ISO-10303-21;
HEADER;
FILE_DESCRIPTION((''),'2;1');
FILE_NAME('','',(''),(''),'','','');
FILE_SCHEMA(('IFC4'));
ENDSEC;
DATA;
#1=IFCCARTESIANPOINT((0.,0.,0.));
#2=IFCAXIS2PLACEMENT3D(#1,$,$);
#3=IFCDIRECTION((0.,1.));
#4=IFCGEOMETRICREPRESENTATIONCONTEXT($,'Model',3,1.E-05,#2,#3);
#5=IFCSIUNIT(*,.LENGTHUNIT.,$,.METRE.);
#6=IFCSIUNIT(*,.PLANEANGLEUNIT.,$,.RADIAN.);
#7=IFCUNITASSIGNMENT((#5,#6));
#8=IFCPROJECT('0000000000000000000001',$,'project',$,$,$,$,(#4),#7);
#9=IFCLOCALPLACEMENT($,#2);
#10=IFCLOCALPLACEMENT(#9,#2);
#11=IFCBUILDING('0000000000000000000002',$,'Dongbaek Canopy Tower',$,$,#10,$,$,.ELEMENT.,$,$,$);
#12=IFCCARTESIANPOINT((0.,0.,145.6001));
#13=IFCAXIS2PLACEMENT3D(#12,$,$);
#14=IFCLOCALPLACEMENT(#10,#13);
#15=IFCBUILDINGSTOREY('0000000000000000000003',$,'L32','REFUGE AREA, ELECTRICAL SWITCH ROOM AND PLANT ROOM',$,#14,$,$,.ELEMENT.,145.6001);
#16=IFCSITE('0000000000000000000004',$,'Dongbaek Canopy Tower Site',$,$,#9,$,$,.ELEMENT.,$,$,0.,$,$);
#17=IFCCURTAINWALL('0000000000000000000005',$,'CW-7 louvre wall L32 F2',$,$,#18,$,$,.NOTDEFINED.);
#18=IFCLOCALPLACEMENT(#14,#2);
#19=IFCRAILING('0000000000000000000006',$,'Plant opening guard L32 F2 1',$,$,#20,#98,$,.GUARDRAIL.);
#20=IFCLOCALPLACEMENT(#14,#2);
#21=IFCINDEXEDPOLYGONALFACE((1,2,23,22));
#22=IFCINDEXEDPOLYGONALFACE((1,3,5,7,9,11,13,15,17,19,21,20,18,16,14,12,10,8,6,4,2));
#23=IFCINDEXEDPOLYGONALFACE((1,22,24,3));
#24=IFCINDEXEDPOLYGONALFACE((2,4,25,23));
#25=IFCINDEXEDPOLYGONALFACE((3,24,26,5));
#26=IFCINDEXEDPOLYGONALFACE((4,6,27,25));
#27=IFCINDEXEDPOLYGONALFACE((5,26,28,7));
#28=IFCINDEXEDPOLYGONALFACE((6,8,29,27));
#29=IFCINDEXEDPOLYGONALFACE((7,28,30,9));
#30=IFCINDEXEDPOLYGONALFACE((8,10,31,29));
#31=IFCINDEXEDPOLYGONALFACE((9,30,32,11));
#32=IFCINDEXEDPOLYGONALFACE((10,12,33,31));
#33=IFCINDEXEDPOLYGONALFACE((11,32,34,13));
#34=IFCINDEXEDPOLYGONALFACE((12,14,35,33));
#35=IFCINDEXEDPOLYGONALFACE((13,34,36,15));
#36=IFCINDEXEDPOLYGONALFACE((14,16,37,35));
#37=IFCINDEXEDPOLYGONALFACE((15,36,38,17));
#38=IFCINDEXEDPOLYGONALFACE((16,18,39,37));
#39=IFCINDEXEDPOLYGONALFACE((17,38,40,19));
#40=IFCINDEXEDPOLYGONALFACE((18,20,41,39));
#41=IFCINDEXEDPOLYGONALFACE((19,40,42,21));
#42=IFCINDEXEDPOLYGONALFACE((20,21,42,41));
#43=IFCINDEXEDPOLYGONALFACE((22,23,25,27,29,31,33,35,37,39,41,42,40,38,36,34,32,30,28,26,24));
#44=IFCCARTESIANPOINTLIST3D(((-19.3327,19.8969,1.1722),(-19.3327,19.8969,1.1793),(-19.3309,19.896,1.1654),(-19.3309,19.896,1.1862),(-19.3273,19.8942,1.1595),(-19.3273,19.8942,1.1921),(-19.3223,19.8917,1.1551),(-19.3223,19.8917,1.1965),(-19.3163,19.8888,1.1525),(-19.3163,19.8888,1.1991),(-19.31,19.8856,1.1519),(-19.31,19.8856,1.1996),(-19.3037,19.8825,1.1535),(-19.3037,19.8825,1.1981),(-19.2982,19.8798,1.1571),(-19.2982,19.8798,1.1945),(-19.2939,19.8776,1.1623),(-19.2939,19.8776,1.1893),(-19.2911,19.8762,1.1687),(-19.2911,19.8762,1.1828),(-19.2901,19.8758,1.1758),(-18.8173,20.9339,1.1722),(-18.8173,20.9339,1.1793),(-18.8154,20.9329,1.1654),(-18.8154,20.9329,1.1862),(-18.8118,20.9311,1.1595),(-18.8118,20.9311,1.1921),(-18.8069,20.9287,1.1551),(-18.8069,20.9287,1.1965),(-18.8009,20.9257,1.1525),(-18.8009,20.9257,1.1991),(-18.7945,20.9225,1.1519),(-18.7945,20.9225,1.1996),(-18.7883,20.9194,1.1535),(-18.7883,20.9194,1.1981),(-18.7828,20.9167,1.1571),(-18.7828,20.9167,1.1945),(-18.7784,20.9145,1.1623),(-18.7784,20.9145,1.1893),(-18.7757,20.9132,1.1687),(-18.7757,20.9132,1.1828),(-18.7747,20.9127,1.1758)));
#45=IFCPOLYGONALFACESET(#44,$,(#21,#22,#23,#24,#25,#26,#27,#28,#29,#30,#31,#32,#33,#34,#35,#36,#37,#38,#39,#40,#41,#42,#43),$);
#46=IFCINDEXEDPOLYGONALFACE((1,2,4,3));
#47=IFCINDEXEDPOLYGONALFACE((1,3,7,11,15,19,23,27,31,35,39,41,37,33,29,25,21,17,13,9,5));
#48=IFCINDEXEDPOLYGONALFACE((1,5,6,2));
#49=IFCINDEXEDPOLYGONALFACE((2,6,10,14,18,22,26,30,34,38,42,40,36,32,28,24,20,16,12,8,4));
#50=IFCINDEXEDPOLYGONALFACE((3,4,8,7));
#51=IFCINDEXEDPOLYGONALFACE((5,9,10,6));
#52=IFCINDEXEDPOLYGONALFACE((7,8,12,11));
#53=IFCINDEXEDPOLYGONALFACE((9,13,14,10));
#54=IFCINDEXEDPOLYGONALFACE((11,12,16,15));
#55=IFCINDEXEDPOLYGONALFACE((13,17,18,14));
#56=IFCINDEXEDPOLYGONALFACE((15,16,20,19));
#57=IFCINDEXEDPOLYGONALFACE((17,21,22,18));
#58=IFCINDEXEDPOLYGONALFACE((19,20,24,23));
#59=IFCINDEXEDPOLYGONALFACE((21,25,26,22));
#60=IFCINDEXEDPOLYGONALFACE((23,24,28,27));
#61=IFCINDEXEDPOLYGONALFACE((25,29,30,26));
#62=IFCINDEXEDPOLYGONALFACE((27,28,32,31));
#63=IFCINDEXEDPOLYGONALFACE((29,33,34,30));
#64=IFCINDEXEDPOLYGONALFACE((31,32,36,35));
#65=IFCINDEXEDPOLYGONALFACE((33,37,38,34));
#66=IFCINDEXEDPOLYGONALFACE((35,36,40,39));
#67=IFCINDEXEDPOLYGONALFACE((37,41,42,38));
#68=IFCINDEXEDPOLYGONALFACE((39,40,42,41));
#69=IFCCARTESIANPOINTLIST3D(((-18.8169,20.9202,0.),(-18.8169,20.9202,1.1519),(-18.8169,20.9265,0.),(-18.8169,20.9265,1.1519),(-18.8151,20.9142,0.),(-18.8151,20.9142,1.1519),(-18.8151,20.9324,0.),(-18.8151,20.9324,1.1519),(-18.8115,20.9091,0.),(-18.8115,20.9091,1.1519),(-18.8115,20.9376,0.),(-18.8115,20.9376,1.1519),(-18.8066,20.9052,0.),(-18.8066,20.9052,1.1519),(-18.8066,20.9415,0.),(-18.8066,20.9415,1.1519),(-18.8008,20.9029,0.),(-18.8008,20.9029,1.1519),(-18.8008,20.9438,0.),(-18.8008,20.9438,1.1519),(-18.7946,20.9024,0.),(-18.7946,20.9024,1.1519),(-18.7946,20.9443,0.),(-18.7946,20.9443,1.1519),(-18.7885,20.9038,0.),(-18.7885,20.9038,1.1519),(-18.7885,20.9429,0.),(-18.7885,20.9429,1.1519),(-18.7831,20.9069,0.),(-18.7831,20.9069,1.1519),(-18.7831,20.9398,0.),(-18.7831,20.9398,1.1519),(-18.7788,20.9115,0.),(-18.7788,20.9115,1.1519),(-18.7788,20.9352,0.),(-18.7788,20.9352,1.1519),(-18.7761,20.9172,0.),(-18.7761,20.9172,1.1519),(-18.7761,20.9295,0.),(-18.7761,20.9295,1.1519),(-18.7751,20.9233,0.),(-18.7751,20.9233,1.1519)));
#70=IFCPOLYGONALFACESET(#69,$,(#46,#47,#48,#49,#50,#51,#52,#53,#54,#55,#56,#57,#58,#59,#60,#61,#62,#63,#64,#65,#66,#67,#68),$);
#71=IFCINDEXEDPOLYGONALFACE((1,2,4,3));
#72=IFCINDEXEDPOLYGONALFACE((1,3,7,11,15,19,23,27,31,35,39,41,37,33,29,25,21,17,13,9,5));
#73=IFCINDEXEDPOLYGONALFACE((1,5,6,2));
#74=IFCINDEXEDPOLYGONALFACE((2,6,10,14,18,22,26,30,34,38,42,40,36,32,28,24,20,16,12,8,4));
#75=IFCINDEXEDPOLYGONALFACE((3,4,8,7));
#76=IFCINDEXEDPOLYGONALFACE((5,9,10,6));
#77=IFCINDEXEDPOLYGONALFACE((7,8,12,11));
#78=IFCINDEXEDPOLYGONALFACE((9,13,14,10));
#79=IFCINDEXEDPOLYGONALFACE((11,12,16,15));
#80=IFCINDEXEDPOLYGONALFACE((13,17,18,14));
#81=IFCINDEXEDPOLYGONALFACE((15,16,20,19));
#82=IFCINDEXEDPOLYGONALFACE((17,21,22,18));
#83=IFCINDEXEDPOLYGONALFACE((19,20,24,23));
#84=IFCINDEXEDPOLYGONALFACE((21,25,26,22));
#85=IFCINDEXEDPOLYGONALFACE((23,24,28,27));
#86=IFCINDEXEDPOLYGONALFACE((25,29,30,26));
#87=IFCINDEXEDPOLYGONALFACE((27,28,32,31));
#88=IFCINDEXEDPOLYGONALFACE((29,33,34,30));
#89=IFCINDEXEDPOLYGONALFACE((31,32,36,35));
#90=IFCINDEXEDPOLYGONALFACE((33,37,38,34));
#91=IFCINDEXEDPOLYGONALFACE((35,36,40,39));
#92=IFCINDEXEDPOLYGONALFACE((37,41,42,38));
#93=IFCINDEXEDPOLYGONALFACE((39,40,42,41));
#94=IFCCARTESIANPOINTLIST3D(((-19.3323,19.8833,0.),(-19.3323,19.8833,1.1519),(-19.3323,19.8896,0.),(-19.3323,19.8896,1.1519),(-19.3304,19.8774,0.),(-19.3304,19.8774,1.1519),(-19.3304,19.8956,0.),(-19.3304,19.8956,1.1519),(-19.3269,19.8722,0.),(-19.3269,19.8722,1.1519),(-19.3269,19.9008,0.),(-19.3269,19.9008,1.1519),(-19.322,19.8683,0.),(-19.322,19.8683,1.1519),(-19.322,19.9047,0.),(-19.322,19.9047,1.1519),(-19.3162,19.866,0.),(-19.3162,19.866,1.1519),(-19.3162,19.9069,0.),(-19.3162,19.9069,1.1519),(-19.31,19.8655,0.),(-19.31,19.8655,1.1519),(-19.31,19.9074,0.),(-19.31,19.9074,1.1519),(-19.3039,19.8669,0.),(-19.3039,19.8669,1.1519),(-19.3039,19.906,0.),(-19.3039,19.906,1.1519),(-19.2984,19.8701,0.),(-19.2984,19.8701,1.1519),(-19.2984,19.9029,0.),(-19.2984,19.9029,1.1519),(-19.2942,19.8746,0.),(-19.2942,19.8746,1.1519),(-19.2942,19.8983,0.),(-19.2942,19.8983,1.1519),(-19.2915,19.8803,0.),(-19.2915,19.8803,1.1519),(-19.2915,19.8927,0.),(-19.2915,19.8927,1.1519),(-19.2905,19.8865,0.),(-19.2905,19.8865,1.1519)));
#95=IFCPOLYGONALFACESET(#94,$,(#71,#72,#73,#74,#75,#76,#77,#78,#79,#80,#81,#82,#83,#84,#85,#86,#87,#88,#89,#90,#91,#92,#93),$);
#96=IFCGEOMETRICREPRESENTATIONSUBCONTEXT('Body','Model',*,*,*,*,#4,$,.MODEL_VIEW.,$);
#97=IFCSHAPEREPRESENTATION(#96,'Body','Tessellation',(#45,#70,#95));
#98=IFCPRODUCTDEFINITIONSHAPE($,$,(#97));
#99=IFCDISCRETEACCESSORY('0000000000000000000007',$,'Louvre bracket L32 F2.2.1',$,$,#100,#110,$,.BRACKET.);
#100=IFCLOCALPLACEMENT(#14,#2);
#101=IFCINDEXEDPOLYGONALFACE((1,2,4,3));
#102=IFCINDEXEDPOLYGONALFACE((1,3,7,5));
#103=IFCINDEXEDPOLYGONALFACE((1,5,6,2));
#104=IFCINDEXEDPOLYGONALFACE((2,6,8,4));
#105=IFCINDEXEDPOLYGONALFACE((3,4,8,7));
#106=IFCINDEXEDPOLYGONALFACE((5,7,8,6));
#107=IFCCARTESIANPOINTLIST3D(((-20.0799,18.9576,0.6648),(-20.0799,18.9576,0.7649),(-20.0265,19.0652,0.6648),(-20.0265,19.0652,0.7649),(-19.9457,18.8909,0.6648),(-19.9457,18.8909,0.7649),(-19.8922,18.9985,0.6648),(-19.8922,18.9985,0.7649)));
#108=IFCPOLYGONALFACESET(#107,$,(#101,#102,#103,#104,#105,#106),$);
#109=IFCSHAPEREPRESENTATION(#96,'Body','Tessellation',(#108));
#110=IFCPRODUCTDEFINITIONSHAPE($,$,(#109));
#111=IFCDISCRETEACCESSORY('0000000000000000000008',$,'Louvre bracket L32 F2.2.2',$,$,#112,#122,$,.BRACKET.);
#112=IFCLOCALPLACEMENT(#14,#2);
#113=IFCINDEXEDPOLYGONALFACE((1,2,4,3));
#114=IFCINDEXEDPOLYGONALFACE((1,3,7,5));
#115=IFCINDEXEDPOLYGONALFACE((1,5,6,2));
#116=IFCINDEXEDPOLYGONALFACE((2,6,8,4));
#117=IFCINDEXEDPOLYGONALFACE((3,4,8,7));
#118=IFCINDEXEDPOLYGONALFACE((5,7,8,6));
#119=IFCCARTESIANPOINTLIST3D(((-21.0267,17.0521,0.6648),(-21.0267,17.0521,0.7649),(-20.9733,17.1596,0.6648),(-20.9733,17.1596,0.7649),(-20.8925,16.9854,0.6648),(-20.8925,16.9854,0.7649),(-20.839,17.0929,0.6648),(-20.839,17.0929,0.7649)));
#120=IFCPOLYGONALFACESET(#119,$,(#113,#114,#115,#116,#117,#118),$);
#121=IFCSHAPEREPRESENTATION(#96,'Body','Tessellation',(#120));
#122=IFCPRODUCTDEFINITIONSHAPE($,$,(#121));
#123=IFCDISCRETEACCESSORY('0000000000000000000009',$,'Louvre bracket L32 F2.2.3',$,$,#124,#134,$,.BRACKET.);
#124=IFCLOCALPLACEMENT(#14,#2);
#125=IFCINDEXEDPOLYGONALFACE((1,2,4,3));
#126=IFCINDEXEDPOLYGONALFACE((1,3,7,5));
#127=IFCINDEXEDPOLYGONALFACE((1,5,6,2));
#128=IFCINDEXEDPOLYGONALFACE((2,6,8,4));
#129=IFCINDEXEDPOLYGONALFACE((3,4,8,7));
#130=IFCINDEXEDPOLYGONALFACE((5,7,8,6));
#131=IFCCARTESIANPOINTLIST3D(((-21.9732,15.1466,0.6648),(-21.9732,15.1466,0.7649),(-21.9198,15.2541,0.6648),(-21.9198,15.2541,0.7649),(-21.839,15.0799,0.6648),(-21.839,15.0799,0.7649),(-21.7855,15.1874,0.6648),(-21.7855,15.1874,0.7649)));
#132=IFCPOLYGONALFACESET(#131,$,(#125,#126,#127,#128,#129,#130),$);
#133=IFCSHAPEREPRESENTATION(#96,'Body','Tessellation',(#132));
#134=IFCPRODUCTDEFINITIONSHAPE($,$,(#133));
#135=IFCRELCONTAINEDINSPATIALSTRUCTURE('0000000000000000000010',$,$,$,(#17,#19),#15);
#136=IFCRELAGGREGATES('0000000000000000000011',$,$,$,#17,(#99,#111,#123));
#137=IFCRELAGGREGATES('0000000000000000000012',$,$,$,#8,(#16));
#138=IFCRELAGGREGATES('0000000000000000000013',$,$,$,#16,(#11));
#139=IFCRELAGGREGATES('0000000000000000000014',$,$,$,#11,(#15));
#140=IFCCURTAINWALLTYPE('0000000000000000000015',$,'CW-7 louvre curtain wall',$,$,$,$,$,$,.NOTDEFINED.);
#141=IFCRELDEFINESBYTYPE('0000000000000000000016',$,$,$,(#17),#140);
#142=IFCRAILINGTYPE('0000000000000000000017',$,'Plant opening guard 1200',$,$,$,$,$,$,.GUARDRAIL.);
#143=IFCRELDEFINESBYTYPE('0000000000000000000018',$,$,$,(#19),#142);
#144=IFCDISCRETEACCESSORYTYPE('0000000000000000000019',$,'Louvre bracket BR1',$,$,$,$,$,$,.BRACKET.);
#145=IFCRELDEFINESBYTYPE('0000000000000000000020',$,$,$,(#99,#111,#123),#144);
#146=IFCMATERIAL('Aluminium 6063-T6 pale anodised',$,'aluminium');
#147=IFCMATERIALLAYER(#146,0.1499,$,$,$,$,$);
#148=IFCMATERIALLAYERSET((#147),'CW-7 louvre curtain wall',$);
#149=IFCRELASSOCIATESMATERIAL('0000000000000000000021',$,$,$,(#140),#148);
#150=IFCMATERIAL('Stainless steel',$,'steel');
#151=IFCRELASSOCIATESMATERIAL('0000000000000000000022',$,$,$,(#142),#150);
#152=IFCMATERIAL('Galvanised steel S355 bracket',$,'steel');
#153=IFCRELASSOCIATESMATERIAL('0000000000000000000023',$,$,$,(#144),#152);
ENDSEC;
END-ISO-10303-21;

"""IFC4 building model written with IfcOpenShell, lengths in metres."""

from ifc_helpers import new_model, si_unit, direction, frame, origin, origin_2d, place, context, subcontext, project, spatial, rectangle, circle, extrude, material, layer, layer_set, type_object, element, aggregate, save


model = new_model("IFC4")

# Units and contexts
model_context = context("Model", 3, precision=1e-05, world=origin(), true_north=direction((0.0, 1.0)))
body_context = subcontext(model_context, "Body", "Model", "MODEL_VIEW")
ifc_project = project(units=[si_unit("LENGTHUNIT", "METRE"), si_unit("PLANEANGLEUNIT", "RADIAN")], contexts=[model_context])

# Site, building, storey
site_placement = place(None, origin())
site = spatial("IfcSite", under=ifc_project, at=site_placement, Name="Dongbaek Canopy Tower Site", CompositionType="ELEMENT", RefElevation=0.0)
building_placement = place(site_placement, origin())
building = spatial("IfcBuilding", under=site, at=building_placement, Name="Dongbaek Canopy Tower", CompositionType="ELEMENT")
storey_placement = place(building_placement, frame((0.0, 0.0, 145.6001)))
storey = spatial("IfcBuildingStorey", under=building, at=storey_placement, Name="L32", Description="REFUGE AREA, ELECTRICAL SWITCH ROOM AND PLANT ROOM", CompositionType="ELEMENT", Elevation=145.6001)

# Curtain wall
ifc_material_1 = material(Name="Aluminium 6063-T6 pale anodised", Category="aluminium")
ifc_layer_1 = layer(ifc_material_1, 0.1499)
ifc_layer_set_1 = layer_set([ifc_layer_1], Name="CW-7 louvre curtain wall")
curtain_wall_type = type_object("IfcCurtainWallType", Name="CW-7 louvre curtain wall", PredefinedType="NOTDEFINED", material=ifc_layer_set_1)
curtain_wall_placement = place(storey_placement, origin())
curtain_wall = element("IfcCurtainWall", 1, at=curtain_wall_placement, inside=storey, type_object=curtain_wall_type, Name="CW-7 louvre wall L32 F2", PredefinedType="NOTDEFINED")

# Railing
ifc_material_2 = material(Name="Stainless steel", Category="steel")
railing_type = type_object("IfcRailingType", Name="Plant opening guard 1200", PredefinedType="GUARDRAIL", material=ifc_material_2)
railing_placement = place(storey_placement, frame((-18.7961, 20.9233, 0.0)))
element("IfcRailing", 2, at=railing_placement, inside=storey, type_object=railing_type, Name="Plant opening guard L32 F2 1", PredefinedType="GUARDRAIL", context=body_context, shape_type="SweptSolid", body=[
    extrude(circle(Radius=0.0239, at=origin_2d()), frame((0.0, 0.0, 1.1758), z_axis=(-0.445104, -0.895479, 0.0), x_axis=(0.895479, -0.445104, 0.0)), (0.0, 0.0, 1.0), 1.158),
    extrude(circle(Radius=0.021, at=origin_2d()), origin(), (0.0, 0.0, 1.0), 1.1519),
    extrude(circle(Radius=0.021, at=origin_2d()), frame((-0.5154, -1.0369, 0.0)), (0.0, 0.0, 1.0), 1.1519),
])

# Discrete accessories
ifc_material_3 = material(Name="Galvanised steel S355 bracket", Category="steel")
discrete_accessory_type = type_object("IfcDiscreteAccessoryType", Name="Louvre bracket BR1", PredefinedType="BRACKET", material=ifc_material_3)
discrete_accessory_1_placement = place(storey_placement, frame((-19.9861, 18.978, 0.6648), z_axis=(0.0, 0.0, 1.0), x_axis=(-0.444929, -0.895566, 0.0)))
discrete_accessory_1 = element("IfcDiscreteAccessory", 3, at=discrete_accessory_1_placement, type_object=discrete_accessory_type, Name="Louvre bracket L32 F2.2.1", PredefinedType="BRACKET", context=body_context, shape_type="SweptSolid", body=[
    extrude(rectangle(XDim=0.1201, YDim=0.1499, at=origin_2d()), origin(), (0.0, 0.0, 1.0), 0.1001),
])
discrete_accessory_2_placement = place(storey_placement, frame((-20.9329, 17.0725, 0.6648), z_axis=(0.0, 0.0, 1.0), x_axis=(-0.444929, -0.895566, 0.0)))
discrete_accessory_2 = element("IfcDiscreteAccessory", 4, at=discrete_accessory_2_placement, type_object=discrete_accessory_type, Name="Louvre bracket L32 F2.2.2", PredefinedType="BRACKET", context=body_context, shape_type="SweptSolid", body=[
    extrude(rectangle(XDim=0.1201, YDim=0.1499, at=origin_2d()), origin(), (0.0, 0.0, 1.0), 0.1001),
])
discrete_accessory_3_placement = place(storey_placement, frame((-21.8794, 15.167, 0.6648), z_axis=(0.0, 0.0, 1.0), x_axis=(-0.444929, -0.895566, 0.0)))
discrete_accessory_3 = element("IfcDiscreteAccessory", 5, at=discrete_accessory_3_placement, type_object=discrete_accessory_type, Name="Louvre bracket L32 F2.2.3", PredefinedType="BRACKET", context=body_context, shape_type="SweptSolid", body=[
    extrude(rectangle(XDim=0.1201, YDim=0.1499, at=origin_2d()), origin(), (0.0, 0.0, 1.0), 0.1001),
])
aggregate(curtain_wall, [discrete_accessory_1, discrete_accessory_2, discrete_accessory_3])

save(model, "model.ifc")
